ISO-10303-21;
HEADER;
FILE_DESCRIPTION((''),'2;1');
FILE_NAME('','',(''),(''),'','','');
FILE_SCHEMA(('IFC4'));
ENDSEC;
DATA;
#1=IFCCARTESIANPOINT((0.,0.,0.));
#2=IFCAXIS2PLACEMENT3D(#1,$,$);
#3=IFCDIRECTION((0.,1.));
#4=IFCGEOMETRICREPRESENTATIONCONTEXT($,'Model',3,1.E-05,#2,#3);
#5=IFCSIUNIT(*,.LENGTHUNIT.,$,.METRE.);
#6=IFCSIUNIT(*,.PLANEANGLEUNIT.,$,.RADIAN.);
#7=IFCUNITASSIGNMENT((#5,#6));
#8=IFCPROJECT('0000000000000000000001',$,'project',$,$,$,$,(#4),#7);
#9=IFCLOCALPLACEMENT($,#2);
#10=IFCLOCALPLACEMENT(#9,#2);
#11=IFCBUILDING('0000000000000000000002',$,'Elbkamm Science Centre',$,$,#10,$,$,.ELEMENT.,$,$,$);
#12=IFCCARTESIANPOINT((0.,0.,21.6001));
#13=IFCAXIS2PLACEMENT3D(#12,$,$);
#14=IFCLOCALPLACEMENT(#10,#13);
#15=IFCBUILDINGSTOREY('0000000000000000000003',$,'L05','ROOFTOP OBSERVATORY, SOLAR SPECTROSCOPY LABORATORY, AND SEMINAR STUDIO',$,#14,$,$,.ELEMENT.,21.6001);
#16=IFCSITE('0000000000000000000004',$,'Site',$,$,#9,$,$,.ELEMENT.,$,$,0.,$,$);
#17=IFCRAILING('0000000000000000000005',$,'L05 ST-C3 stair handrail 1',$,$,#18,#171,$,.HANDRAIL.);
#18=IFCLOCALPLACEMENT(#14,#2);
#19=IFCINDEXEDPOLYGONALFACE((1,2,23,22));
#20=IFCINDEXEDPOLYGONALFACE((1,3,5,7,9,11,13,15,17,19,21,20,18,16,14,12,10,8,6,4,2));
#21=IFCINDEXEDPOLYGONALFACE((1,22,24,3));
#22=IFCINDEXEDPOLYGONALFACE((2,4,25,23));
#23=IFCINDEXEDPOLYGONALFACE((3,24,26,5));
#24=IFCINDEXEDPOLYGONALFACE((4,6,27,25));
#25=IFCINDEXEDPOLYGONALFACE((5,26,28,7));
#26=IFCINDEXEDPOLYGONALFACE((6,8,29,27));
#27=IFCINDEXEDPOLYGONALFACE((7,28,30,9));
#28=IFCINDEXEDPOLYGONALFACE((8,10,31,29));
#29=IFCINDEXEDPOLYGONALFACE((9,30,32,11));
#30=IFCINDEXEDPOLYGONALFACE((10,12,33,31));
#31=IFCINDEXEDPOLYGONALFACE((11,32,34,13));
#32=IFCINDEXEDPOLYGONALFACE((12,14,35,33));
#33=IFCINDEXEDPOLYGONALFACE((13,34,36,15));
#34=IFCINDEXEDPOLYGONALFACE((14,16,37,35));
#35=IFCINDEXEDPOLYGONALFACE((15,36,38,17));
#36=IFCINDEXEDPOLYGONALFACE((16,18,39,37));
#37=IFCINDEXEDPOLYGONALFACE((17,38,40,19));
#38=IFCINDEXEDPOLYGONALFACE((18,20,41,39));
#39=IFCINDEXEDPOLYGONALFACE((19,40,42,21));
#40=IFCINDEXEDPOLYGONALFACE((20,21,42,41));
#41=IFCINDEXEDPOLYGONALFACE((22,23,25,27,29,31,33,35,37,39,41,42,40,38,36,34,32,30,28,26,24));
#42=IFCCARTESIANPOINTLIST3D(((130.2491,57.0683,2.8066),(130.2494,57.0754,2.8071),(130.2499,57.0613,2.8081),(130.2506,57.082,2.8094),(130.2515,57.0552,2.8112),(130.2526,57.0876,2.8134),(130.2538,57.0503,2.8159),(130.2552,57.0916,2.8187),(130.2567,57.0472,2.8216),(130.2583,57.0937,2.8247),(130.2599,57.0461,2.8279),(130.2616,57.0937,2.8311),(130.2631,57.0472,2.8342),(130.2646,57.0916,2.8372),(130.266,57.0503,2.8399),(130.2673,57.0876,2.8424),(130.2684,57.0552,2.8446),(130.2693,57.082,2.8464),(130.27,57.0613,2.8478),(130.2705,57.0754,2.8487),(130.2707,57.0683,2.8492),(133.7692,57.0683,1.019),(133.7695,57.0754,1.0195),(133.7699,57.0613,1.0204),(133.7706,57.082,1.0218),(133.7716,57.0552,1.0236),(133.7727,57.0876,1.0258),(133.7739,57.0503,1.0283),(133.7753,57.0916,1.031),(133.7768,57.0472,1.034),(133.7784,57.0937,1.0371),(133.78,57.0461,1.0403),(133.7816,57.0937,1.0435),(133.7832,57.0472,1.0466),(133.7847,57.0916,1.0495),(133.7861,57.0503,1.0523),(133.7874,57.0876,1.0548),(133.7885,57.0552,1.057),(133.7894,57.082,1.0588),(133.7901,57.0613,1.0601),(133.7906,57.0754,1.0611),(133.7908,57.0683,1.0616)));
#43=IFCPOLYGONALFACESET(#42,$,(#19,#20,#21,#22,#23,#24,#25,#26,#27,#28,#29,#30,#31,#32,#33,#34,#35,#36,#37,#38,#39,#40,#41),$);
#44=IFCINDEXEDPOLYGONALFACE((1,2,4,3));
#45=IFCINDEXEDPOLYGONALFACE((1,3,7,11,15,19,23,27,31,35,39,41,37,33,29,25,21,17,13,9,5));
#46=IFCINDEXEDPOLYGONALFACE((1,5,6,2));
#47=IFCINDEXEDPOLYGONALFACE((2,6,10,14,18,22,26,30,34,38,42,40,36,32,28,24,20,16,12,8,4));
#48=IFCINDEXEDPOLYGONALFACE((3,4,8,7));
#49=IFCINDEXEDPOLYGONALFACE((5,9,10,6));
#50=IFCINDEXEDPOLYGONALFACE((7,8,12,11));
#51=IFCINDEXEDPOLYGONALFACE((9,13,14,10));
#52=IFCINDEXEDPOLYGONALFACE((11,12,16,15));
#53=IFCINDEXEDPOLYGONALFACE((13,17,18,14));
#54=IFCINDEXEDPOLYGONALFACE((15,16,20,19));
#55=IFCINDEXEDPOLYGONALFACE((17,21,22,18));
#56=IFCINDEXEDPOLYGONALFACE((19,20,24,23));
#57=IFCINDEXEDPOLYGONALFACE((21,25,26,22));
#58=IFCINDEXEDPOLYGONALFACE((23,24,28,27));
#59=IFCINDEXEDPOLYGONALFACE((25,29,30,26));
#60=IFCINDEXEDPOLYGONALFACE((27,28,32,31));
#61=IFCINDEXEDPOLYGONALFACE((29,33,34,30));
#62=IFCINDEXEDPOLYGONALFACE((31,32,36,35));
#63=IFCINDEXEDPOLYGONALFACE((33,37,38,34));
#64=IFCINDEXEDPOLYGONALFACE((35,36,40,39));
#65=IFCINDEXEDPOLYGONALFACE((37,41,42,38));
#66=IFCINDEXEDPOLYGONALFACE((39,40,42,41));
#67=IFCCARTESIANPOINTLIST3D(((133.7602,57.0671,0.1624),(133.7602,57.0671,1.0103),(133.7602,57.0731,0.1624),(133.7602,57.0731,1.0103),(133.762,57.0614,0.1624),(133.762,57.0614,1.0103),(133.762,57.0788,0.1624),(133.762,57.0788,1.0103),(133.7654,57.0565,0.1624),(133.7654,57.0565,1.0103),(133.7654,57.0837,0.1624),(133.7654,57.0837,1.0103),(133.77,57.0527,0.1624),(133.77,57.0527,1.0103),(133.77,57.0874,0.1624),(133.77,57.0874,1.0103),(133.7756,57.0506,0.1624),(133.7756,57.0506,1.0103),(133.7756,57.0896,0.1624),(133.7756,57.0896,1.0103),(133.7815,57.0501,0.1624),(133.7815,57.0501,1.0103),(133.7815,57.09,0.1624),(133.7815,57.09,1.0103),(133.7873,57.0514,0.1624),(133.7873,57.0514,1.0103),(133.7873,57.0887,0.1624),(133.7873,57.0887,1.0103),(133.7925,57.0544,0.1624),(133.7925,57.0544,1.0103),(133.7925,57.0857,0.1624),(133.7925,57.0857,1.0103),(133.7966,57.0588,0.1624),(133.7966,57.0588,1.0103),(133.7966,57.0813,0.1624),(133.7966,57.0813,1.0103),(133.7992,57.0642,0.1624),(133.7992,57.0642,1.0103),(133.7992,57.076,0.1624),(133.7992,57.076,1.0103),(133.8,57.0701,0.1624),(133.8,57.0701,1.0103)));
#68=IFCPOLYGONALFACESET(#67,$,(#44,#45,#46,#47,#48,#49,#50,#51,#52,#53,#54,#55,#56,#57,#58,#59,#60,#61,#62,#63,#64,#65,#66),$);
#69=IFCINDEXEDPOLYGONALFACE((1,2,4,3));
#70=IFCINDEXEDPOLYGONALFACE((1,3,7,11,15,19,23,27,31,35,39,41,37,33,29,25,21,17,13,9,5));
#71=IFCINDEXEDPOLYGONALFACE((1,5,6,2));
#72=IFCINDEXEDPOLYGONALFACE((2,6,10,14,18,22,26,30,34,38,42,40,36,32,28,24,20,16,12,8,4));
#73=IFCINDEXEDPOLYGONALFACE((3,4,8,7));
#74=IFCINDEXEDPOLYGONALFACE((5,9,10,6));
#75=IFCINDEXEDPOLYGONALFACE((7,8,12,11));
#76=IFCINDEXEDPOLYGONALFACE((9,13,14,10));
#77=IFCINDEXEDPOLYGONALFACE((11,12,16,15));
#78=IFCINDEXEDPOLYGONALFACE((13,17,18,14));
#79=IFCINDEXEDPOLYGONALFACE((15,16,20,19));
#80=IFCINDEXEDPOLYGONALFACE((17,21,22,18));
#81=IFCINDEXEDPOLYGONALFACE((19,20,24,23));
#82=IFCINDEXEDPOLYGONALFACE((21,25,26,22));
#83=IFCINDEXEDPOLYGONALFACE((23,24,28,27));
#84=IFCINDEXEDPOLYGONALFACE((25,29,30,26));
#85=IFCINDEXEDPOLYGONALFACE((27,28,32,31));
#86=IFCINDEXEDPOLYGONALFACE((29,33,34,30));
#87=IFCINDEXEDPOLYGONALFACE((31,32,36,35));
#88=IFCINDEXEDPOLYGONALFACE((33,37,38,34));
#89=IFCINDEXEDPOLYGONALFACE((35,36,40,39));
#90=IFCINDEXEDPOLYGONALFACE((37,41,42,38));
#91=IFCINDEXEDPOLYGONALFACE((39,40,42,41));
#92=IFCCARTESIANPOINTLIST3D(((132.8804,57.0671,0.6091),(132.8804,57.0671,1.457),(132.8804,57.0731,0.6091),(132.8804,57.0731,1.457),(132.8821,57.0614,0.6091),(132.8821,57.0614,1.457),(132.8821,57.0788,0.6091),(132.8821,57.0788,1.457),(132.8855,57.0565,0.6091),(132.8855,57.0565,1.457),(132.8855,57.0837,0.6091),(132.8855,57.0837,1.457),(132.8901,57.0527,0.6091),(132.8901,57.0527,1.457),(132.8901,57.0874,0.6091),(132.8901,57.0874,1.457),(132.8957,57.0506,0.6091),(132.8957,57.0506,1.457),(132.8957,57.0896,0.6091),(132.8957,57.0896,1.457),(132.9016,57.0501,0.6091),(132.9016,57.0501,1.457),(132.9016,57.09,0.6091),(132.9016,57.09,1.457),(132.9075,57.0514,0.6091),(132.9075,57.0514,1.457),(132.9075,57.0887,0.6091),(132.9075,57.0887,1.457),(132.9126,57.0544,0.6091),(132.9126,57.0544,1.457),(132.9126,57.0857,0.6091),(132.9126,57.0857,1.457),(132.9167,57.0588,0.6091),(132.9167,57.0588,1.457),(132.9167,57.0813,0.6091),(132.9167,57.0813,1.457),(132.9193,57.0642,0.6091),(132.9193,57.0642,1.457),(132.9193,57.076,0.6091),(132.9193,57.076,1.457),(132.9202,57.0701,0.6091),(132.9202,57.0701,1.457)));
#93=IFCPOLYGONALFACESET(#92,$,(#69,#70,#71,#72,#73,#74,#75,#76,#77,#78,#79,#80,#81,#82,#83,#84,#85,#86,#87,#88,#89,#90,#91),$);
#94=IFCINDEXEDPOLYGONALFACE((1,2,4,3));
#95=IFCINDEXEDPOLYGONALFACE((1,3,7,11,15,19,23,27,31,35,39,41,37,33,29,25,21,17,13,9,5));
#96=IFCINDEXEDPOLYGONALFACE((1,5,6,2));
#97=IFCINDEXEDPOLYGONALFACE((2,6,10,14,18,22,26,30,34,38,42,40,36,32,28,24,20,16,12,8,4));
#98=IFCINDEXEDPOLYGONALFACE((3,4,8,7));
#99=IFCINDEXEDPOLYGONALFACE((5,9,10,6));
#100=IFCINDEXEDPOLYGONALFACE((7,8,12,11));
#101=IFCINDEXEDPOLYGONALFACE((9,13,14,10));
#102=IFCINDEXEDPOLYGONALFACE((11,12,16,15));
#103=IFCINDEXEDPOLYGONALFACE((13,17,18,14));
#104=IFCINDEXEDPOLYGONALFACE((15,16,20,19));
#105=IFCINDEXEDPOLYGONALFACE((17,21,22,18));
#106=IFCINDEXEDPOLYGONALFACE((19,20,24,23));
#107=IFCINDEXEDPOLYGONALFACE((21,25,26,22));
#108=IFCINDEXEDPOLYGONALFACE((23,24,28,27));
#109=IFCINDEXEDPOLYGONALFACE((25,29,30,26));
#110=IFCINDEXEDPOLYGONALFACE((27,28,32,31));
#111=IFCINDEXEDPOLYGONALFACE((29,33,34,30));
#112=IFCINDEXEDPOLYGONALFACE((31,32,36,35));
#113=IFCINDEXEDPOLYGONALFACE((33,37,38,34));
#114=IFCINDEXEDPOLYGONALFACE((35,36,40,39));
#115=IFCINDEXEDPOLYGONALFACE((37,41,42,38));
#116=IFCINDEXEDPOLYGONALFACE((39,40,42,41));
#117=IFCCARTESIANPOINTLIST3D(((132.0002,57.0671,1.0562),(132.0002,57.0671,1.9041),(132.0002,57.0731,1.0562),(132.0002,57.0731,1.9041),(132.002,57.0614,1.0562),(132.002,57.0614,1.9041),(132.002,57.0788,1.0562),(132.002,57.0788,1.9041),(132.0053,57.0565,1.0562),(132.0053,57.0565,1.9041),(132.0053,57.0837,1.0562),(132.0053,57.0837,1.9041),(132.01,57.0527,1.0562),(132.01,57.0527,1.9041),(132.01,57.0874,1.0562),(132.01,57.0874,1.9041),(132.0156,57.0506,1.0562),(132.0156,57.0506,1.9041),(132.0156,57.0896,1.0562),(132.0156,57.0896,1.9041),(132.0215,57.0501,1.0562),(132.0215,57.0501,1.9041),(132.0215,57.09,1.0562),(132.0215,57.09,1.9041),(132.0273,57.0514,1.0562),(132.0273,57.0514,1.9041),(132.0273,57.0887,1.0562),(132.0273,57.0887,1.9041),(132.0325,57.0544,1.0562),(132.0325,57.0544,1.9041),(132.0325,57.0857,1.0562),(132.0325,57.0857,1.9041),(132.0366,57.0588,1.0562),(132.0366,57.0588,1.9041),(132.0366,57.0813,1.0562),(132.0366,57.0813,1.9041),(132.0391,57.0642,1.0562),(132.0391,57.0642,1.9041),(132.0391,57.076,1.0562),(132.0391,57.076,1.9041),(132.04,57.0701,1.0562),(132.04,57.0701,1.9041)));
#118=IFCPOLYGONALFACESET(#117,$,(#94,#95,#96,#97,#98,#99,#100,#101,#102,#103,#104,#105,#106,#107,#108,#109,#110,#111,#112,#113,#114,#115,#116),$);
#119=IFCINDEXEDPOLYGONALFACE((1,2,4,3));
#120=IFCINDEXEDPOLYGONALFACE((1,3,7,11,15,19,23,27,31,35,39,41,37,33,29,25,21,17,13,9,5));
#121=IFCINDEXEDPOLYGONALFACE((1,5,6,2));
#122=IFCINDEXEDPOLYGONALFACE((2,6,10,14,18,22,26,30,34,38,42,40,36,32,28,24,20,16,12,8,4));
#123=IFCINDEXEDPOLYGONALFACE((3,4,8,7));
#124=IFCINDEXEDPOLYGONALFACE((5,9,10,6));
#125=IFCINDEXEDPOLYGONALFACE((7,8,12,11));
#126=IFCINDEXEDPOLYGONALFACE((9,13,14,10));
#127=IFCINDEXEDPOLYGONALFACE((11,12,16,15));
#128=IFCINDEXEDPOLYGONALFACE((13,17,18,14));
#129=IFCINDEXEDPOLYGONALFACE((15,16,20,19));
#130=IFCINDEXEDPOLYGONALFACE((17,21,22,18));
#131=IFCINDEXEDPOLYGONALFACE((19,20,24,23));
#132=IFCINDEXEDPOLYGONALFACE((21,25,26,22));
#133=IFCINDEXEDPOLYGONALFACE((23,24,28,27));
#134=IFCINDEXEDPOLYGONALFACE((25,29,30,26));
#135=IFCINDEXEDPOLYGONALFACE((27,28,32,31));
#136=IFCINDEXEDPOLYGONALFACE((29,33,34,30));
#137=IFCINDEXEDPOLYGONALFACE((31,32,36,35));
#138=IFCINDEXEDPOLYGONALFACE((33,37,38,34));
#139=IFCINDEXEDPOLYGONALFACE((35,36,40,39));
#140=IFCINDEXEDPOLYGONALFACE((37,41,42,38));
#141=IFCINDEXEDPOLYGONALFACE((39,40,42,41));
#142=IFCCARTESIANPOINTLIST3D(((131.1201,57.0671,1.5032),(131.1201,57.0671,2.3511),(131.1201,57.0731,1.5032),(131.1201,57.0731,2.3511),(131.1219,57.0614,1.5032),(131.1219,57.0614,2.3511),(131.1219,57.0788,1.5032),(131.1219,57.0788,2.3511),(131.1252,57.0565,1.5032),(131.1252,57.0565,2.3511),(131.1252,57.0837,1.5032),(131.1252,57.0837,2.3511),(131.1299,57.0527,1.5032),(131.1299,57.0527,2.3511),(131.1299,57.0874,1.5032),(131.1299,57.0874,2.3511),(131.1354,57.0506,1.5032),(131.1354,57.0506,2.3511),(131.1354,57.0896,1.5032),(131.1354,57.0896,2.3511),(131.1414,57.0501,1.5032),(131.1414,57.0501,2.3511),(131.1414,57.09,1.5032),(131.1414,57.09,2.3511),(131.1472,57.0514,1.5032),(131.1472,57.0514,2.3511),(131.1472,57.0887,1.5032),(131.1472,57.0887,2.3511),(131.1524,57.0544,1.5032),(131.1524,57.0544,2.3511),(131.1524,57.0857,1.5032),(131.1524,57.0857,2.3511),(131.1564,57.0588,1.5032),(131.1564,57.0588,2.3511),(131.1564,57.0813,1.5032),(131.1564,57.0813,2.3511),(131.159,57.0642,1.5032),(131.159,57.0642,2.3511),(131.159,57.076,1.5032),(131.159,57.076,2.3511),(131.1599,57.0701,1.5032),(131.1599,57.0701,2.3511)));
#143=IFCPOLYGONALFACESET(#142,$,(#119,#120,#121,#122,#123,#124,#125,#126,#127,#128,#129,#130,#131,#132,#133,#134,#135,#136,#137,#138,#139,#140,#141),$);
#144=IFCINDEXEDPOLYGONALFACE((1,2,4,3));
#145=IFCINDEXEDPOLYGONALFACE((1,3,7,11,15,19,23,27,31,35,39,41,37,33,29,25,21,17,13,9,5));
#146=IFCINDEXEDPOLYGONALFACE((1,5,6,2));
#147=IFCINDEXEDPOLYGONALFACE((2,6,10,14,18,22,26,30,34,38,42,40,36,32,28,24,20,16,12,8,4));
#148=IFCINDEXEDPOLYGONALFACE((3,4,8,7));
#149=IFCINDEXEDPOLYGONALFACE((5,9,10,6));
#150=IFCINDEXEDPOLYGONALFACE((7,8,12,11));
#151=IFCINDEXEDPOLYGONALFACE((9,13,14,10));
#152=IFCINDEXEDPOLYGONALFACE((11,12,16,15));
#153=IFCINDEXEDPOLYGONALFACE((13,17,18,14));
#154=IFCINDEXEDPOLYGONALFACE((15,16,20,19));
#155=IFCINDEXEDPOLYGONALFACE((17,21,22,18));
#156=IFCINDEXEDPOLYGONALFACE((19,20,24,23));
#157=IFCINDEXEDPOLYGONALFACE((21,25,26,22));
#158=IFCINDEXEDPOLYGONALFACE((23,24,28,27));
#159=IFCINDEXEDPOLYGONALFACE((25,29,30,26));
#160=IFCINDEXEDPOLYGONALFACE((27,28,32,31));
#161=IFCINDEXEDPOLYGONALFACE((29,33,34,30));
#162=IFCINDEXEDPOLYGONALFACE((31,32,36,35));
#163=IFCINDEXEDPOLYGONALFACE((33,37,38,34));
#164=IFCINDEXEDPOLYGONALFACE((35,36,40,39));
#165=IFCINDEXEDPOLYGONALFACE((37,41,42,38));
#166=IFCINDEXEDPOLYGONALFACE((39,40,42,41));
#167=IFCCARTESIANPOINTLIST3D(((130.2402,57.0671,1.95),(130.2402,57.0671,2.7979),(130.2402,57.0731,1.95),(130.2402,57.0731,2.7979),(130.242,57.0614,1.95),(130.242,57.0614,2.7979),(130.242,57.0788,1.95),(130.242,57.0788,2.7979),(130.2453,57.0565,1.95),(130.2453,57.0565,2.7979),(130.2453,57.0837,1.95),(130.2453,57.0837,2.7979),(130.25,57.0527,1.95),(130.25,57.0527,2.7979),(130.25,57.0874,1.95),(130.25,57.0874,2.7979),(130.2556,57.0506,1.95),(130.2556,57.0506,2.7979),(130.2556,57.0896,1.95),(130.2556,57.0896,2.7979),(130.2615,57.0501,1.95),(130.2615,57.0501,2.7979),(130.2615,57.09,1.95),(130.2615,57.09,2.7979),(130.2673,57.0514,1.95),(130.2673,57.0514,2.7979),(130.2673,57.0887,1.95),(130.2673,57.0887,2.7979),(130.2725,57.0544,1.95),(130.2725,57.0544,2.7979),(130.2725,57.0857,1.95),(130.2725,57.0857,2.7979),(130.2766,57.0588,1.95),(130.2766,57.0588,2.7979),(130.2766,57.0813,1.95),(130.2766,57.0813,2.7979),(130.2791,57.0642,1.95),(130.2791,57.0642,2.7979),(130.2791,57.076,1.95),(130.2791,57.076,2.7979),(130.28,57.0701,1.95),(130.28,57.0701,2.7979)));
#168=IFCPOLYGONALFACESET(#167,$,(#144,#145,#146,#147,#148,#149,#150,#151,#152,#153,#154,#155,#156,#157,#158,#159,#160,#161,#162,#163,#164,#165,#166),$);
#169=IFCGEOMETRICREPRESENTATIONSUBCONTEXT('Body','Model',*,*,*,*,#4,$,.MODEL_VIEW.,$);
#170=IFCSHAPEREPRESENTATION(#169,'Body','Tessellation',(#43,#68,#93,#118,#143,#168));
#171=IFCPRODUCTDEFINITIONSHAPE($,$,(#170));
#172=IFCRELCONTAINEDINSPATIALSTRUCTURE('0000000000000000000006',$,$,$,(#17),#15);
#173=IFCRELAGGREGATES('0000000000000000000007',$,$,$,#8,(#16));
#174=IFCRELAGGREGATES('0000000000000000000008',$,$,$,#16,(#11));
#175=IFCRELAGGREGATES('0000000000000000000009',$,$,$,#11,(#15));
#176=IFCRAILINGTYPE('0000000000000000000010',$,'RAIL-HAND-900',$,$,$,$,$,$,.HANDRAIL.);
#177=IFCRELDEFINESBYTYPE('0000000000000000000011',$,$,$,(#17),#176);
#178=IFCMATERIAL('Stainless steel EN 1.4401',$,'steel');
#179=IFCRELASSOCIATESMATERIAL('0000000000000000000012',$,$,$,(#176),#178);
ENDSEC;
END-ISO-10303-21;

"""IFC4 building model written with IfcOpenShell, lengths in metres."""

from ifc_helpers import new_model, si_unit, direction, frame, origin, origin_2d, place, context, subcontext, project, spatial, circle, extrude, material, type_object, element, save


model = new_model("IFC4")

# Units and contexts
model_context = context("Model", 3, precision=1e-05, world=origin(), true_north=direction((0.0, 1.0)))
body_context = subcontext(model_context, "Body", "Model", "MODEL_VIEW")
ifc_project = project(units=[si_unit("LENGTHUNIT", "METRE"), si_unit("PLANEANGLEUNIT", "RADIAN")], contexts=[model_context])

# Site, building, storey
site_placement = place(None, origin())
site = spatial("IfcSite", under=ifc_project, at=site_placement, Name="Site", CompositionType="ELEMENT", RefElevation=0.0)
building_placement = place(site_placement, origin())
building = spatial("IfcBuilding", under=site, at=building_placement, Name="Elbkamm Science Centre", CompositionType="ELEMENT")
storey_placement = place(building_placement, frame((0.0, 0.0, 21.6001)))
storey = spatial("IfcBuildingStorey", under=building, at=storey_placement, Name="L05", Description="ROOFTOP OBSERVATORY, SOLAR SPECTROSCOPY LABORATORY, AND SEMINAR STUDIO", CompositionType="ELEMENT", Elevation=21.6001)

# Railing
ifc_material_1 = material(Name="Stainless steel EN 1.4401", Category="steel")
railing_type_1 = type_object("IfcRailingType", Name="RAIL-HAND-900", PredefinedType="HANDRAIL", material=ifc_material_1)
railing_1_placement = place(storey_placement, frame((133.78, 57.0701, 0.1624)))
element("IfcRailing", 1, at=railing_1_placement, inside=storey, type_object=railing_type_1, Name="L05 ST-C3 stair handrail 1", PredefinedType="HANDRAIL", context=body_context, shape_type="SweptSolid", body=[
    extrude(circle(Radius=0.0239, at=origin_2d()), frame((0.0, 0.0, 0.8779), z_axis=(-0.891615, 0.0, 0.452795), x_axis=(0.0, -1.0, 0.0)), (0.0, 0.0, 1.0), 3.948),
    extrude(circle(Radius=0.02, at=origin_2d()), origin(), (0.0, 0.0, 1.0), 0.8479),
    extrude(circle(Radius=0.02, at=origin_2d()), frame((-0.8799, 0.0, 0.4468)), (0.0, 0.0, 1.0), 0.8479),
    extrude(circle(Radius=0.02, at=origin_2d()), frame((-1.76, 0.0, 0.8938)), (0.0, 0.0, 1.0), 0.8479),
    extrude(circle(Radius=0.02, at=origin_2d()), frame((-2.6401, 0.0, 1.3408)), (0.0, 0.0, 1.0), 0.8479),
    extrude(circle(Radius=0.02, at=origin_2d()), frame((-3.52, 0.0, 1.7876)), (0.0, 0.0, 1.0), 0.8479),
])

save(model, "model.ifc")
